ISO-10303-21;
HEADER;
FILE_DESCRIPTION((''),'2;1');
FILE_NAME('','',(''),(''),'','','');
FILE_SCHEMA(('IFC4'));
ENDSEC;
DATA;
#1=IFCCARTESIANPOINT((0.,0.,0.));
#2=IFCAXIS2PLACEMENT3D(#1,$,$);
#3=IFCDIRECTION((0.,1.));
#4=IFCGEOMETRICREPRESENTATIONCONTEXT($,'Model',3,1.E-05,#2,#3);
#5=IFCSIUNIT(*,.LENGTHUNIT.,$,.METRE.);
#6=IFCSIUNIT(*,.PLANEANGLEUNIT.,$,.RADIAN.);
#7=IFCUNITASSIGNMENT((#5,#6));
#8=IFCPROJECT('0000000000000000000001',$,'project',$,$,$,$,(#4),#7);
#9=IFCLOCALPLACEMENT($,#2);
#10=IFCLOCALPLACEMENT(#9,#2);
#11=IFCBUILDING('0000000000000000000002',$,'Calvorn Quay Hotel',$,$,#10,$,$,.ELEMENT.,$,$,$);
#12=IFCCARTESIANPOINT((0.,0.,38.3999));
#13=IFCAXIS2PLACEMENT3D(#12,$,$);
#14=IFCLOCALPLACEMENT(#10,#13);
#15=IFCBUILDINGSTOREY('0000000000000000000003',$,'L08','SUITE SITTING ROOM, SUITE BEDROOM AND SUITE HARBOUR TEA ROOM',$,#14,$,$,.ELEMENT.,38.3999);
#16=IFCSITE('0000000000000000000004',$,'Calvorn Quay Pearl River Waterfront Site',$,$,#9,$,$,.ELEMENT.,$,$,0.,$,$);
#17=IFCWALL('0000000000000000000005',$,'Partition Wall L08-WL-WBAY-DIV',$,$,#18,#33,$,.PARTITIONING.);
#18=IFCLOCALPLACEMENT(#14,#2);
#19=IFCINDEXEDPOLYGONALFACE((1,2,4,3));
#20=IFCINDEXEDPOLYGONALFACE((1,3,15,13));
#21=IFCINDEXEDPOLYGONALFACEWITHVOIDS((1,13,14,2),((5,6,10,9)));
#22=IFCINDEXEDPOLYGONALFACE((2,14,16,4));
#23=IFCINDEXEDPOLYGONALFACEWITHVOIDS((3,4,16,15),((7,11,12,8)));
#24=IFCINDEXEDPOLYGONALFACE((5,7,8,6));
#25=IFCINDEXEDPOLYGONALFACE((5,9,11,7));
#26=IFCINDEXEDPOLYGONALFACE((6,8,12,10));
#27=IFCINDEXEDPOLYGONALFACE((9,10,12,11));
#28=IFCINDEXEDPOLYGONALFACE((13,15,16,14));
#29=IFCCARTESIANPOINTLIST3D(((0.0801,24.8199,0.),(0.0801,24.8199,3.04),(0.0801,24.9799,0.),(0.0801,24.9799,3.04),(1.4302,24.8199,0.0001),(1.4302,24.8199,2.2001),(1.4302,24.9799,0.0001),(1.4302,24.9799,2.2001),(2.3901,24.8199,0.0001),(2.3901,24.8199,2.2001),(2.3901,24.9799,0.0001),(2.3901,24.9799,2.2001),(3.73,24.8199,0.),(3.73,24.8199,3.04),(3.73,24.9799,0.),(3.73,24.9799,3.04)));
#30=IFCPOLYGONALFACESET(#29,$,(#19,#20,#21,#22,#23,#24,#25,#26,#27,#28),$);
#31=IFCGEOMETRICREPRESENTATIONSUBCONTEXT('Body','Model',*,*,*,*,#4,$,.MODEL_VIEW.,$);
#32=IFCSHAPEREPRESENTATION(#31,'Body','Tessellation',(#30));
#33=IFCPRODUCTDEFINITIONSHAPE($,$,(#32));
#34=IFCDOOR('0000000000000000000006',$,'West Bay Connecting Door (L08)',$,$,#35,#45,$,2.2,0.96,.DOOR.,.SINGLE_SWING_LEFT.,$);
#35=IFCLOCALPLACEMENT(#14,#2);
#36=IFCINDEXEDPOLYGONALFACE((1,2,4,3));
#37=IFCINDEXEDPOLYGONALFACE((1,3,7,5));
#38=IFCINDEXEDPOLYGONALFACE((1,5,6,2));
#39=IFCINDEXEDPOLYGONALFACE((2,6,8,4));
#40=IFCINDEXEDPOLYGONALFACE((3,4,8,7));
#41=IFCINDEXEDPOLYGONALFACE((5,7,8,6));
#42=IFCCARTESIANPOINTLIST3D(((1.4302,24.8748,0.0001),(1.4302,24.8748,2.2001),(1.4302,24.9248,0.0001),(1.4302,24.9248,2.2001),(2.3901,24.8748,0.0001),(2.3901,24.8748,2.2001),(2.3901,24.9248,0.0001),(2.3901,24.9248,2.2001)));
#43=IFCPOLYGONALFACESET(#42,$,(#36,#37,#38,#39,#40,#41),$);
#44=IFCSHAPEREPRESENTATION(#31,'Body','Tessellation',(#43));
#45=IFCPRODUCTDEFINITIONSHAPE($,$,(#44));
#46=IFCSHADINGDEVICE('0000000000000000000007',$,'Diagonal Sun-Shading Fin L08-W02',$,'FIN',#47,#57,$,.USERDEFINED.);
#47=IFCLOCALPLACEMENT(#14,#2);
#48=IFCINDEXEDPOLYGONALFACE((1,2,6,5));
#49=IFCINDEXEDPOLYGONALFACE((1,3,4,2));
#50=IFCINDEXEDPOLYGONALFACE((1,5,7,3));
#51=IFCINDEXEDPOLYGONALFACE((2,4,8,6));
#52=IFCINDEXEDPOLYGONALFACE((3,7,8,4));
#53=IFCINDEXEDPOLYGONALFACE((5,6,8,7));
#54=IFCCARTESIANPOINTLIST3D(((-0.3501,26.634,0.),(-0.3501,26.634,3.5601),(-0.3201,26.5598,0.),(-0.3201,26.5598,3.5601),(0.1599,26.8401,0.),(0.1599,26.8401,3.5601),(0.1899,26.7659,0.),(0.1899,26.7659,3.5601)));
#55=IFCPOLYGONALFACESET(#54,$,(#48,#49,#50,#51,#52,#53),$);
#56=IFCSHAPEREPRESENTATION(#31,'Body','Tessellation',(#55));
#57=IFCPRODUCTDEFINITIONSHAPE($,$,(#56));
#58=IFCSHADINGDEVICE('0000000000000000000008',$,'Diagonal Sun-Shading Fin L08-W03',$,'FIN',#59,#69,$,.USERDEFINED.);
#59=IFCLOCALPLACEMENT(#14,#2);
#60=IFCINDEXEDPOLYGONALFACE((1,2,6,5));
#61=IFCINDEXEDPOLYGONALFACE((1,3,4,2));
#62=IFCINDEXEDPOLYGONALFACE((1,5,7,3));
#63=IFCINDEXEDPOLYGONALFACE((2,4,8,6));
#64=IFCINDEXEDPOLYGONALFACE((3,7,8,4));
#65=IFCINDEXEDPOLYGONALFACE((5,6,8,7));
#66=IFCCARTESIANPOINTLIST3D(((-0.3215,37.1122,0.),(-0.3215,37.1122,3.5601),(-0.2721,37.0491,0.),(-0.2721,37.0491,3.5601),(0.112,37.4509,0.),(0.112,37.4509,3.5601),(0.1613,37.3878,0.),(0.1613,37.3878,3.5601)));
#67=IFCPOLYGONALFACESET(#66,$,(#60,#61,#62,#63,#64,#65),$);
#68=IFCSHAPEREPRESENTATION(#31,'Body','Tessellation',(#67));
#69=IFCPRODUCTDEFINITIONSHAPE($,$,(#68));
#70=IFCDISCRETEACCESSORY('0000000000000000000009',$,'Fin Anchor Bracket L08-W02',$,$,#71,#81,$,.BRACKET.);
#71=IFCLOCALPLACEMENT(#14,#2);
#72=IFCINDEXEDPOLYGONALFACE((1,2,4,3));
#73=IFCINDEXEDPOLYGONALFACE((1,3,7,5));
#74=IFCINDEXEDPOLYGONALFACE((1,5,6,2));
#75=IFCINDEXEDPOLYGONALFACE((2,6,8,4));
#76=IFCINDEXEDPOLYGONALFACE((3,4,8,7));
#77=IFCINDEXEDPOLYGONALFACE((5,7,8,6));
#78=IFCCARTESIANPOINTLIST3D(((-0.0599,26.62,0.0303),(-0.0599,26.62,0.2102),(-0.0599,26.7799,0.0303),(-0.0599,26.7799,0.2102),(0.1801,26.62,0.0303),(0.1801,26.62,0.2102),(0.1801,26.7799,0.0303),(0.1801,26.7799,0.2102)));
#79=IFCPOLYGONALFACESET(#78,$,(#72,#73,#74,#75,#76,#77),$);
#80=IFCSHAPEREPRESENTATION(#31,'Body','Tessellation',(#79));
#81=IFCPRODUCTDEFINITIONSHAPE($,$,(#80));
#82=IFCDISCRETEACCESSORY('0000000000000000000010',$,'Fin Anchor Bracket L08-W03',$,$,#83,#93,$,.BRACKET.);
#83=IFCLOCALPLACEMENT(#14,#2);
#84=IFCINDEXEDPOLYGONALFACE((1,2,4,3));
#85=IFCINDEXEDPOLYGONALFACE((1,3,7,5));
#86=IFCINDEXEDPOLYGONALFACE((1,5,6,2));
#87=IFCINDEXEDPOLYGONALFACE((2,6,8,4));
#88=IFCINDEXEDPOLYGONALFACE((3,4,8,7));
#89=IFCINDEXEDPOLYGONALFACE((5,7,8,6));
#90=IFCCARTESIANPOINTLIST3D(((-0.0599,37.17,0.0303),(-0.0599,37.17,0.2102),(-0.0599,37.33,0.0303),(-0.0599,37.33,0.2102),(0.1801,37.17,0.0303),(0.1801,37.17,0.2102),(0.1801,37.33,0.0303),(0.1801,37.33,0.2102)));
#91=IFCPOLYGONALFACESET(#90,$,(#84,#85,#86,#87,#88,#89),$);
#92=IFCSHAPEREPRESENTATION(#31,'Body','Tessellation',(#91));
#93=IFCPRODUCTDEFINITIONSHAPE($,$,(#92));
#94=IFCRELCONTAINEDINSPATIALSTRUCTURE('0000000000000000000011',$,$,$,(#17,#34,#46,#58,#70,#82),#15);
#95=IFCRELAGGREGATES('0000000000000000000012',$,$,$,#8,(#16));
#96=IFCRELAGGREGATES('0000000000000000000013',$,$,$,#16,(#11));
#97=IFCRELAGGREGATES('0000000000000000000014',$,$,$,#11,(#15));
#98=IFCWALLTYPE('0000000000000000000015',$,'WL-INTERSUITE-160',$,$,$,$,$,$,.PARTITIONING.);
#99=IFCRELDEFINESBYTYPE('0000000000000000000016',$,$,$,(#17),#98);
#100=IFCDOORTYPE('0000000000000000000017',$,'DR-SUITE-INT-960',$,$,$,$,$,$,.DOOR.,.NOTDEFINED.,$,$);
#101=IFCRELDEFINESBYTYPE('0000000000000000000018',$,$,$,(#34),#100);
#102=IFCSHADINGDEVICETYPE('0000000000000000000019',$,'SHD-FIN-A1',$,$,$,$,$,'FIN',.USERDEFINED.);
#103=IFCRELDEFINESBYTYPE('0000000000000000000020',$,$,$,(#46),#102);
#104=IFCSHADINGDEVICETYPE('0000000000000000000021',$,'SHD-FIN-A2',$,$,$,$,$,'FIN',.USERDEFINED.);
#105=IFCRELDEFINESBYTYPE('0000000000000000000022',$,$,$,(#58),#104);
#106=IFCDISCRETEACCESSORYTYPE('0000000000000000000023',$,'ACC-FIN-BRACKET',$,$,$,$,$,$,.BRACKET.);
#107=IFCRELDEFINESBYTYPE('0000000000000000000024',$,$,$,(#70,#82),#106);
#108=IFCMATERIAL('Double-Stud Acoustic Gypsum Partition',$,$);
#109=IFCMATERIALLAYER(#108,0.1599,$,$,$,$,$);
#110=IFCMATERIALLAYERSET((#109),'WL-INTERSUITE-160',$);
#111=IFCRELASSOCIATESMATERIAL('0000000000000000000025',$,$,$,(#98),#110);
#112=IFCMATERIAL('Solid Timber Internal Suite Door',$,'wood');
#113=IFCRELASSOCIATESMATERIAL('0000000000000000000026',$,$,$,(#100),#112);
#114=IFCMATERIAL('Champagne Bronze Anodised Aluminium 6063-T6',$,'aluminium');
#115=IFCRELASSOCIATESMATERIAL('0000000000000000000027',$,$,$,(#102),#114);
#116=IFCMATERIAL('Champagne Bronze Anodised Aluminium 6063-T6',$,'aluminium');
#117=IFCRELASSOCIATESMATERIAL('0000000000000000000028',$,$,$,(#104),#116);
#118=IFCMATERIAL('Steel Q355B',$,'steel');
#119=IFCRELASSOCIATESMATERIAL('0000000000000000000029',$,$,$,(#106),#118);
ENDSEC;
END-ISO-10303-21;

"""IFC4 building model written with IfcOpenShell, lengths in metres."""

from ifc_helpers import new_model, si_unit, direction, frame, frame_2d, origin, origin_2d, place, context, subcontext, project, spatial, rectangle, extrude, material, layer, layer_set, type_object, element, fill, save


model = new_model("IFC4")

# Units and contexts
model_context = context("Model", 3, precision=1e-05, world=origin(), true_north=direction((0.0, 1.0)))
body_context = subcontext(model_context, "Body", "Model", "MODEL_VIEW")
ifc_project = project(units=[si_unit("LENGTHUNIT", "METRE"), si_unit("PLANEANGLEUNIT", "RADIAN")], contexts=[model_context])

# Site, building, storey
site_placement = place(None, origin())
site = spatial("IfcSite", under=ifc_project, at=site_placement, Name="Calvorn Quay Pearl River Waterfront Site", CompositionType="ELEMENT", RefElevation=0.0)
building_placement = place(site_placement, origin())
building = spatial("IfcBuilding", under=site, at=building_placement, Name="Calvorn Quay Hotel", CompositionType="ELEMENT")
storey_placement = place(building_placement, frame((0.0, 0.0, 38.3999)))
storey = spatial("IfcBuildingStorey", under=building, at=storey_placement, Name="L08", Description="SUITE SITTING ROOM, SUITE BEDROOM AND SUITE HARBOUR TEA ROOM", CompositionType="ELEMENT", Elevation=38.3999)

# Wall, opening, door
ifc_material_1 = material(Name="Double-Stud Acoustic Gypsum Partition")
ifc_layer_1 = layer(ifc_material_1, 0.1599)
ifc_layer_set_1 = layer_set([ifc_layer_1], Name="WL-INTERSUITE-160")
wall_type = type_object("IfcWallType", Name="WL-INTERSUITE-160", PredefinedType="PARTITIONING", material=ifc_layer_set_1)
wall_placement = place(storey_placement, frame((0.0801, 24.8999, 0.0), z_axis=(0.0, 0.0, 1.0), x_axis=(1.0, 0.0, 0.0)))
wall = element("IfcWall", 1, at=wall_placement, inside=storey, type_object=wall_type, Name="Partition Wall L08-WL-WBAY-DIV", PredefinedType="PARTITIONING", context=body_context, shape_type="SweptSolid", body=[
    extrude(rectangle(XDim=3.6499, YDim=0.1599, at=frame_2d((1.825, 0.0))), origin(), (0.0, 0.0, 1.0), 3.04),
])
opening_placement = place(wall_placement, frame((1.3501, 0.0, 0.0)))
opening = element("IfcOpeningElement", 2, at=opening_placement, cuts=wall, PredefinedType="OPENING", context=body_context, shape_type="SweptSolid", body=[
    extrude(rectangle(XDim=0.96, YDim=2.2, at=frame_2d((0.48, 1.1001))), frame((0.0, 0.0898, 0.0), z_axis=(0.0, -1.0, 0.0), x_axis=(1.0, 0.0, 0.0)), (0.0, 0.0, 1.0), 0.1799),
])
ifc_material_2 = material(Name="Solid Timber Internal Suite Door", Category="wood")
door_type = type_object("IfcDoorType", Name="DR-SUITE-INT-960", OperationType="NOTDEFINED", PredefinedType="DOOR", material=ifc_material_2)
door_placement = place(opening_placement, origin())
door = element("IfcDoor", 3, at=door_placement, inside=storey, type_object=door_type, Name="West Bay Connecting Door (L08)", OperationType="SINGLE_SWING_LEFT", OverallHeight=2.2, OverallWidth=0.96, PredefinedType="DOOR", context=body_context, shape_type="SweptSolid", body=[
    extrude(rectangle(XDim=0.96, YDim=2.2, at=frame_2d((0.48, 1.1001))), frame((0.0, 0.0249, 0.0), z_axis=(0.0, -1.0, 0.0), x_axis=(1.0, 0.0, 0.0)), (0.0, 0.0, 1.0), 0.05),
])
fill(opening, door)

# Shading devices
ifc_material_3 = material(Name="Champagne Bronze Anodised Aluminium 6063-T6", Category="aluminium")
shading_device_type_1 = type_object("IfcShadingDeviceType", Name="SHD-FIN-A1", ElementType="FIN", PredefinedType="USERDEFINED", material=ifc_material_3)
shading_device_1_placement = place(storey_placement, frame((-0.0801, 26.7, 0.0), z_axis=(0.0, 0.0, 1.0), x_axis=(0.927184, 0.374607, 0.0)))
element("IfcShadingDevice", 4, at=shading_device_1_placement, inside=storey, type_object=shading_device_type_1, Name="Diagonal Sun-Shading Fin L08-W02", ObjectType="FIN", PredefinedType="USERDEFINED", context=body_context, shape_type="SweptSolid", body=[
    extrude(rectangle(XDim=0.55, YDim=0.0801, at=origin_2d()), origin(), (0.0, 0.0, 1.0), 3.5601),
])
ifc_material_4 = material(Name="Champagne Bronze Anodised Aluminium 6063-T6", Category="aluminium")
shading_device_type_2 = type_object("IfcShadingDeviceType", Name="SHD-FIN-A2", ElementType="FIN", PredefinedType="USERDEFINED", material=ifc_material_4)
shading_device_2_placement = place(storey_placement, frame((-0.0801, 37.25, 0.0), z_axis=(0.0, 0.0, 1.0), x_axis=(0.788011, 0.615661, 0.0)))
element("IfcShadingDevice", 5, at=shading_device_2_placement, inside=storey, type_object=shading_device_type_2, Name="Diagonal Sun-Shading Fin L08-W03", ObjectType="FIN", PredefinedType="USERDEFINED", context=body_context, shape_type="SweptSolid", body=[
    extrude(rectangle(XDim=0.55, YDim=0.0801, at=origin_2d()), origin(), (0.0, 0.0, 1.0), 3.5601),
])

# Discrete accessories
ifc_material_5 = material(Name="Steel Q355B", Category="steel")
discrete_accessory_type = type_object("IfcDiscreteAccessoryType", Name="ACC-FIN-BRACKET", PredefinedType="BRACKET", material=ifc_material_5)
for number, where, z_axis, x_axis, name in (
    (6, (0.0601, 26.7, 0.0303), (0.0, 0.0, 1.0), (1.0, 0.0, 0.0), "Fin Anchor Bracket L08-W02"),
    (7, (0.0601, 37.25, 0.0303), (0.0, 0.0, 1.0), (1.0, 0.0, 0.0), "Fin Anchor Bracket L08-W03"),
):
    element("IfcDiscreteAccessory", number, at=place(storey_placement, frame(where, z_axis=z_axis, x_axis=x_axis)), inside=storey, type_object=discrete_accessory_type, Name=name, PredefinedType="BRACKET", context=body_context, shape_type="SweptSolid", body=[
        extrude(rectangle(XDim=0.24, YDim=0.1599, at=origin_2d()), origin(), (0.0, 0.0, 1.0), 0.1799),
    ])

save(model, "model.ifc")
